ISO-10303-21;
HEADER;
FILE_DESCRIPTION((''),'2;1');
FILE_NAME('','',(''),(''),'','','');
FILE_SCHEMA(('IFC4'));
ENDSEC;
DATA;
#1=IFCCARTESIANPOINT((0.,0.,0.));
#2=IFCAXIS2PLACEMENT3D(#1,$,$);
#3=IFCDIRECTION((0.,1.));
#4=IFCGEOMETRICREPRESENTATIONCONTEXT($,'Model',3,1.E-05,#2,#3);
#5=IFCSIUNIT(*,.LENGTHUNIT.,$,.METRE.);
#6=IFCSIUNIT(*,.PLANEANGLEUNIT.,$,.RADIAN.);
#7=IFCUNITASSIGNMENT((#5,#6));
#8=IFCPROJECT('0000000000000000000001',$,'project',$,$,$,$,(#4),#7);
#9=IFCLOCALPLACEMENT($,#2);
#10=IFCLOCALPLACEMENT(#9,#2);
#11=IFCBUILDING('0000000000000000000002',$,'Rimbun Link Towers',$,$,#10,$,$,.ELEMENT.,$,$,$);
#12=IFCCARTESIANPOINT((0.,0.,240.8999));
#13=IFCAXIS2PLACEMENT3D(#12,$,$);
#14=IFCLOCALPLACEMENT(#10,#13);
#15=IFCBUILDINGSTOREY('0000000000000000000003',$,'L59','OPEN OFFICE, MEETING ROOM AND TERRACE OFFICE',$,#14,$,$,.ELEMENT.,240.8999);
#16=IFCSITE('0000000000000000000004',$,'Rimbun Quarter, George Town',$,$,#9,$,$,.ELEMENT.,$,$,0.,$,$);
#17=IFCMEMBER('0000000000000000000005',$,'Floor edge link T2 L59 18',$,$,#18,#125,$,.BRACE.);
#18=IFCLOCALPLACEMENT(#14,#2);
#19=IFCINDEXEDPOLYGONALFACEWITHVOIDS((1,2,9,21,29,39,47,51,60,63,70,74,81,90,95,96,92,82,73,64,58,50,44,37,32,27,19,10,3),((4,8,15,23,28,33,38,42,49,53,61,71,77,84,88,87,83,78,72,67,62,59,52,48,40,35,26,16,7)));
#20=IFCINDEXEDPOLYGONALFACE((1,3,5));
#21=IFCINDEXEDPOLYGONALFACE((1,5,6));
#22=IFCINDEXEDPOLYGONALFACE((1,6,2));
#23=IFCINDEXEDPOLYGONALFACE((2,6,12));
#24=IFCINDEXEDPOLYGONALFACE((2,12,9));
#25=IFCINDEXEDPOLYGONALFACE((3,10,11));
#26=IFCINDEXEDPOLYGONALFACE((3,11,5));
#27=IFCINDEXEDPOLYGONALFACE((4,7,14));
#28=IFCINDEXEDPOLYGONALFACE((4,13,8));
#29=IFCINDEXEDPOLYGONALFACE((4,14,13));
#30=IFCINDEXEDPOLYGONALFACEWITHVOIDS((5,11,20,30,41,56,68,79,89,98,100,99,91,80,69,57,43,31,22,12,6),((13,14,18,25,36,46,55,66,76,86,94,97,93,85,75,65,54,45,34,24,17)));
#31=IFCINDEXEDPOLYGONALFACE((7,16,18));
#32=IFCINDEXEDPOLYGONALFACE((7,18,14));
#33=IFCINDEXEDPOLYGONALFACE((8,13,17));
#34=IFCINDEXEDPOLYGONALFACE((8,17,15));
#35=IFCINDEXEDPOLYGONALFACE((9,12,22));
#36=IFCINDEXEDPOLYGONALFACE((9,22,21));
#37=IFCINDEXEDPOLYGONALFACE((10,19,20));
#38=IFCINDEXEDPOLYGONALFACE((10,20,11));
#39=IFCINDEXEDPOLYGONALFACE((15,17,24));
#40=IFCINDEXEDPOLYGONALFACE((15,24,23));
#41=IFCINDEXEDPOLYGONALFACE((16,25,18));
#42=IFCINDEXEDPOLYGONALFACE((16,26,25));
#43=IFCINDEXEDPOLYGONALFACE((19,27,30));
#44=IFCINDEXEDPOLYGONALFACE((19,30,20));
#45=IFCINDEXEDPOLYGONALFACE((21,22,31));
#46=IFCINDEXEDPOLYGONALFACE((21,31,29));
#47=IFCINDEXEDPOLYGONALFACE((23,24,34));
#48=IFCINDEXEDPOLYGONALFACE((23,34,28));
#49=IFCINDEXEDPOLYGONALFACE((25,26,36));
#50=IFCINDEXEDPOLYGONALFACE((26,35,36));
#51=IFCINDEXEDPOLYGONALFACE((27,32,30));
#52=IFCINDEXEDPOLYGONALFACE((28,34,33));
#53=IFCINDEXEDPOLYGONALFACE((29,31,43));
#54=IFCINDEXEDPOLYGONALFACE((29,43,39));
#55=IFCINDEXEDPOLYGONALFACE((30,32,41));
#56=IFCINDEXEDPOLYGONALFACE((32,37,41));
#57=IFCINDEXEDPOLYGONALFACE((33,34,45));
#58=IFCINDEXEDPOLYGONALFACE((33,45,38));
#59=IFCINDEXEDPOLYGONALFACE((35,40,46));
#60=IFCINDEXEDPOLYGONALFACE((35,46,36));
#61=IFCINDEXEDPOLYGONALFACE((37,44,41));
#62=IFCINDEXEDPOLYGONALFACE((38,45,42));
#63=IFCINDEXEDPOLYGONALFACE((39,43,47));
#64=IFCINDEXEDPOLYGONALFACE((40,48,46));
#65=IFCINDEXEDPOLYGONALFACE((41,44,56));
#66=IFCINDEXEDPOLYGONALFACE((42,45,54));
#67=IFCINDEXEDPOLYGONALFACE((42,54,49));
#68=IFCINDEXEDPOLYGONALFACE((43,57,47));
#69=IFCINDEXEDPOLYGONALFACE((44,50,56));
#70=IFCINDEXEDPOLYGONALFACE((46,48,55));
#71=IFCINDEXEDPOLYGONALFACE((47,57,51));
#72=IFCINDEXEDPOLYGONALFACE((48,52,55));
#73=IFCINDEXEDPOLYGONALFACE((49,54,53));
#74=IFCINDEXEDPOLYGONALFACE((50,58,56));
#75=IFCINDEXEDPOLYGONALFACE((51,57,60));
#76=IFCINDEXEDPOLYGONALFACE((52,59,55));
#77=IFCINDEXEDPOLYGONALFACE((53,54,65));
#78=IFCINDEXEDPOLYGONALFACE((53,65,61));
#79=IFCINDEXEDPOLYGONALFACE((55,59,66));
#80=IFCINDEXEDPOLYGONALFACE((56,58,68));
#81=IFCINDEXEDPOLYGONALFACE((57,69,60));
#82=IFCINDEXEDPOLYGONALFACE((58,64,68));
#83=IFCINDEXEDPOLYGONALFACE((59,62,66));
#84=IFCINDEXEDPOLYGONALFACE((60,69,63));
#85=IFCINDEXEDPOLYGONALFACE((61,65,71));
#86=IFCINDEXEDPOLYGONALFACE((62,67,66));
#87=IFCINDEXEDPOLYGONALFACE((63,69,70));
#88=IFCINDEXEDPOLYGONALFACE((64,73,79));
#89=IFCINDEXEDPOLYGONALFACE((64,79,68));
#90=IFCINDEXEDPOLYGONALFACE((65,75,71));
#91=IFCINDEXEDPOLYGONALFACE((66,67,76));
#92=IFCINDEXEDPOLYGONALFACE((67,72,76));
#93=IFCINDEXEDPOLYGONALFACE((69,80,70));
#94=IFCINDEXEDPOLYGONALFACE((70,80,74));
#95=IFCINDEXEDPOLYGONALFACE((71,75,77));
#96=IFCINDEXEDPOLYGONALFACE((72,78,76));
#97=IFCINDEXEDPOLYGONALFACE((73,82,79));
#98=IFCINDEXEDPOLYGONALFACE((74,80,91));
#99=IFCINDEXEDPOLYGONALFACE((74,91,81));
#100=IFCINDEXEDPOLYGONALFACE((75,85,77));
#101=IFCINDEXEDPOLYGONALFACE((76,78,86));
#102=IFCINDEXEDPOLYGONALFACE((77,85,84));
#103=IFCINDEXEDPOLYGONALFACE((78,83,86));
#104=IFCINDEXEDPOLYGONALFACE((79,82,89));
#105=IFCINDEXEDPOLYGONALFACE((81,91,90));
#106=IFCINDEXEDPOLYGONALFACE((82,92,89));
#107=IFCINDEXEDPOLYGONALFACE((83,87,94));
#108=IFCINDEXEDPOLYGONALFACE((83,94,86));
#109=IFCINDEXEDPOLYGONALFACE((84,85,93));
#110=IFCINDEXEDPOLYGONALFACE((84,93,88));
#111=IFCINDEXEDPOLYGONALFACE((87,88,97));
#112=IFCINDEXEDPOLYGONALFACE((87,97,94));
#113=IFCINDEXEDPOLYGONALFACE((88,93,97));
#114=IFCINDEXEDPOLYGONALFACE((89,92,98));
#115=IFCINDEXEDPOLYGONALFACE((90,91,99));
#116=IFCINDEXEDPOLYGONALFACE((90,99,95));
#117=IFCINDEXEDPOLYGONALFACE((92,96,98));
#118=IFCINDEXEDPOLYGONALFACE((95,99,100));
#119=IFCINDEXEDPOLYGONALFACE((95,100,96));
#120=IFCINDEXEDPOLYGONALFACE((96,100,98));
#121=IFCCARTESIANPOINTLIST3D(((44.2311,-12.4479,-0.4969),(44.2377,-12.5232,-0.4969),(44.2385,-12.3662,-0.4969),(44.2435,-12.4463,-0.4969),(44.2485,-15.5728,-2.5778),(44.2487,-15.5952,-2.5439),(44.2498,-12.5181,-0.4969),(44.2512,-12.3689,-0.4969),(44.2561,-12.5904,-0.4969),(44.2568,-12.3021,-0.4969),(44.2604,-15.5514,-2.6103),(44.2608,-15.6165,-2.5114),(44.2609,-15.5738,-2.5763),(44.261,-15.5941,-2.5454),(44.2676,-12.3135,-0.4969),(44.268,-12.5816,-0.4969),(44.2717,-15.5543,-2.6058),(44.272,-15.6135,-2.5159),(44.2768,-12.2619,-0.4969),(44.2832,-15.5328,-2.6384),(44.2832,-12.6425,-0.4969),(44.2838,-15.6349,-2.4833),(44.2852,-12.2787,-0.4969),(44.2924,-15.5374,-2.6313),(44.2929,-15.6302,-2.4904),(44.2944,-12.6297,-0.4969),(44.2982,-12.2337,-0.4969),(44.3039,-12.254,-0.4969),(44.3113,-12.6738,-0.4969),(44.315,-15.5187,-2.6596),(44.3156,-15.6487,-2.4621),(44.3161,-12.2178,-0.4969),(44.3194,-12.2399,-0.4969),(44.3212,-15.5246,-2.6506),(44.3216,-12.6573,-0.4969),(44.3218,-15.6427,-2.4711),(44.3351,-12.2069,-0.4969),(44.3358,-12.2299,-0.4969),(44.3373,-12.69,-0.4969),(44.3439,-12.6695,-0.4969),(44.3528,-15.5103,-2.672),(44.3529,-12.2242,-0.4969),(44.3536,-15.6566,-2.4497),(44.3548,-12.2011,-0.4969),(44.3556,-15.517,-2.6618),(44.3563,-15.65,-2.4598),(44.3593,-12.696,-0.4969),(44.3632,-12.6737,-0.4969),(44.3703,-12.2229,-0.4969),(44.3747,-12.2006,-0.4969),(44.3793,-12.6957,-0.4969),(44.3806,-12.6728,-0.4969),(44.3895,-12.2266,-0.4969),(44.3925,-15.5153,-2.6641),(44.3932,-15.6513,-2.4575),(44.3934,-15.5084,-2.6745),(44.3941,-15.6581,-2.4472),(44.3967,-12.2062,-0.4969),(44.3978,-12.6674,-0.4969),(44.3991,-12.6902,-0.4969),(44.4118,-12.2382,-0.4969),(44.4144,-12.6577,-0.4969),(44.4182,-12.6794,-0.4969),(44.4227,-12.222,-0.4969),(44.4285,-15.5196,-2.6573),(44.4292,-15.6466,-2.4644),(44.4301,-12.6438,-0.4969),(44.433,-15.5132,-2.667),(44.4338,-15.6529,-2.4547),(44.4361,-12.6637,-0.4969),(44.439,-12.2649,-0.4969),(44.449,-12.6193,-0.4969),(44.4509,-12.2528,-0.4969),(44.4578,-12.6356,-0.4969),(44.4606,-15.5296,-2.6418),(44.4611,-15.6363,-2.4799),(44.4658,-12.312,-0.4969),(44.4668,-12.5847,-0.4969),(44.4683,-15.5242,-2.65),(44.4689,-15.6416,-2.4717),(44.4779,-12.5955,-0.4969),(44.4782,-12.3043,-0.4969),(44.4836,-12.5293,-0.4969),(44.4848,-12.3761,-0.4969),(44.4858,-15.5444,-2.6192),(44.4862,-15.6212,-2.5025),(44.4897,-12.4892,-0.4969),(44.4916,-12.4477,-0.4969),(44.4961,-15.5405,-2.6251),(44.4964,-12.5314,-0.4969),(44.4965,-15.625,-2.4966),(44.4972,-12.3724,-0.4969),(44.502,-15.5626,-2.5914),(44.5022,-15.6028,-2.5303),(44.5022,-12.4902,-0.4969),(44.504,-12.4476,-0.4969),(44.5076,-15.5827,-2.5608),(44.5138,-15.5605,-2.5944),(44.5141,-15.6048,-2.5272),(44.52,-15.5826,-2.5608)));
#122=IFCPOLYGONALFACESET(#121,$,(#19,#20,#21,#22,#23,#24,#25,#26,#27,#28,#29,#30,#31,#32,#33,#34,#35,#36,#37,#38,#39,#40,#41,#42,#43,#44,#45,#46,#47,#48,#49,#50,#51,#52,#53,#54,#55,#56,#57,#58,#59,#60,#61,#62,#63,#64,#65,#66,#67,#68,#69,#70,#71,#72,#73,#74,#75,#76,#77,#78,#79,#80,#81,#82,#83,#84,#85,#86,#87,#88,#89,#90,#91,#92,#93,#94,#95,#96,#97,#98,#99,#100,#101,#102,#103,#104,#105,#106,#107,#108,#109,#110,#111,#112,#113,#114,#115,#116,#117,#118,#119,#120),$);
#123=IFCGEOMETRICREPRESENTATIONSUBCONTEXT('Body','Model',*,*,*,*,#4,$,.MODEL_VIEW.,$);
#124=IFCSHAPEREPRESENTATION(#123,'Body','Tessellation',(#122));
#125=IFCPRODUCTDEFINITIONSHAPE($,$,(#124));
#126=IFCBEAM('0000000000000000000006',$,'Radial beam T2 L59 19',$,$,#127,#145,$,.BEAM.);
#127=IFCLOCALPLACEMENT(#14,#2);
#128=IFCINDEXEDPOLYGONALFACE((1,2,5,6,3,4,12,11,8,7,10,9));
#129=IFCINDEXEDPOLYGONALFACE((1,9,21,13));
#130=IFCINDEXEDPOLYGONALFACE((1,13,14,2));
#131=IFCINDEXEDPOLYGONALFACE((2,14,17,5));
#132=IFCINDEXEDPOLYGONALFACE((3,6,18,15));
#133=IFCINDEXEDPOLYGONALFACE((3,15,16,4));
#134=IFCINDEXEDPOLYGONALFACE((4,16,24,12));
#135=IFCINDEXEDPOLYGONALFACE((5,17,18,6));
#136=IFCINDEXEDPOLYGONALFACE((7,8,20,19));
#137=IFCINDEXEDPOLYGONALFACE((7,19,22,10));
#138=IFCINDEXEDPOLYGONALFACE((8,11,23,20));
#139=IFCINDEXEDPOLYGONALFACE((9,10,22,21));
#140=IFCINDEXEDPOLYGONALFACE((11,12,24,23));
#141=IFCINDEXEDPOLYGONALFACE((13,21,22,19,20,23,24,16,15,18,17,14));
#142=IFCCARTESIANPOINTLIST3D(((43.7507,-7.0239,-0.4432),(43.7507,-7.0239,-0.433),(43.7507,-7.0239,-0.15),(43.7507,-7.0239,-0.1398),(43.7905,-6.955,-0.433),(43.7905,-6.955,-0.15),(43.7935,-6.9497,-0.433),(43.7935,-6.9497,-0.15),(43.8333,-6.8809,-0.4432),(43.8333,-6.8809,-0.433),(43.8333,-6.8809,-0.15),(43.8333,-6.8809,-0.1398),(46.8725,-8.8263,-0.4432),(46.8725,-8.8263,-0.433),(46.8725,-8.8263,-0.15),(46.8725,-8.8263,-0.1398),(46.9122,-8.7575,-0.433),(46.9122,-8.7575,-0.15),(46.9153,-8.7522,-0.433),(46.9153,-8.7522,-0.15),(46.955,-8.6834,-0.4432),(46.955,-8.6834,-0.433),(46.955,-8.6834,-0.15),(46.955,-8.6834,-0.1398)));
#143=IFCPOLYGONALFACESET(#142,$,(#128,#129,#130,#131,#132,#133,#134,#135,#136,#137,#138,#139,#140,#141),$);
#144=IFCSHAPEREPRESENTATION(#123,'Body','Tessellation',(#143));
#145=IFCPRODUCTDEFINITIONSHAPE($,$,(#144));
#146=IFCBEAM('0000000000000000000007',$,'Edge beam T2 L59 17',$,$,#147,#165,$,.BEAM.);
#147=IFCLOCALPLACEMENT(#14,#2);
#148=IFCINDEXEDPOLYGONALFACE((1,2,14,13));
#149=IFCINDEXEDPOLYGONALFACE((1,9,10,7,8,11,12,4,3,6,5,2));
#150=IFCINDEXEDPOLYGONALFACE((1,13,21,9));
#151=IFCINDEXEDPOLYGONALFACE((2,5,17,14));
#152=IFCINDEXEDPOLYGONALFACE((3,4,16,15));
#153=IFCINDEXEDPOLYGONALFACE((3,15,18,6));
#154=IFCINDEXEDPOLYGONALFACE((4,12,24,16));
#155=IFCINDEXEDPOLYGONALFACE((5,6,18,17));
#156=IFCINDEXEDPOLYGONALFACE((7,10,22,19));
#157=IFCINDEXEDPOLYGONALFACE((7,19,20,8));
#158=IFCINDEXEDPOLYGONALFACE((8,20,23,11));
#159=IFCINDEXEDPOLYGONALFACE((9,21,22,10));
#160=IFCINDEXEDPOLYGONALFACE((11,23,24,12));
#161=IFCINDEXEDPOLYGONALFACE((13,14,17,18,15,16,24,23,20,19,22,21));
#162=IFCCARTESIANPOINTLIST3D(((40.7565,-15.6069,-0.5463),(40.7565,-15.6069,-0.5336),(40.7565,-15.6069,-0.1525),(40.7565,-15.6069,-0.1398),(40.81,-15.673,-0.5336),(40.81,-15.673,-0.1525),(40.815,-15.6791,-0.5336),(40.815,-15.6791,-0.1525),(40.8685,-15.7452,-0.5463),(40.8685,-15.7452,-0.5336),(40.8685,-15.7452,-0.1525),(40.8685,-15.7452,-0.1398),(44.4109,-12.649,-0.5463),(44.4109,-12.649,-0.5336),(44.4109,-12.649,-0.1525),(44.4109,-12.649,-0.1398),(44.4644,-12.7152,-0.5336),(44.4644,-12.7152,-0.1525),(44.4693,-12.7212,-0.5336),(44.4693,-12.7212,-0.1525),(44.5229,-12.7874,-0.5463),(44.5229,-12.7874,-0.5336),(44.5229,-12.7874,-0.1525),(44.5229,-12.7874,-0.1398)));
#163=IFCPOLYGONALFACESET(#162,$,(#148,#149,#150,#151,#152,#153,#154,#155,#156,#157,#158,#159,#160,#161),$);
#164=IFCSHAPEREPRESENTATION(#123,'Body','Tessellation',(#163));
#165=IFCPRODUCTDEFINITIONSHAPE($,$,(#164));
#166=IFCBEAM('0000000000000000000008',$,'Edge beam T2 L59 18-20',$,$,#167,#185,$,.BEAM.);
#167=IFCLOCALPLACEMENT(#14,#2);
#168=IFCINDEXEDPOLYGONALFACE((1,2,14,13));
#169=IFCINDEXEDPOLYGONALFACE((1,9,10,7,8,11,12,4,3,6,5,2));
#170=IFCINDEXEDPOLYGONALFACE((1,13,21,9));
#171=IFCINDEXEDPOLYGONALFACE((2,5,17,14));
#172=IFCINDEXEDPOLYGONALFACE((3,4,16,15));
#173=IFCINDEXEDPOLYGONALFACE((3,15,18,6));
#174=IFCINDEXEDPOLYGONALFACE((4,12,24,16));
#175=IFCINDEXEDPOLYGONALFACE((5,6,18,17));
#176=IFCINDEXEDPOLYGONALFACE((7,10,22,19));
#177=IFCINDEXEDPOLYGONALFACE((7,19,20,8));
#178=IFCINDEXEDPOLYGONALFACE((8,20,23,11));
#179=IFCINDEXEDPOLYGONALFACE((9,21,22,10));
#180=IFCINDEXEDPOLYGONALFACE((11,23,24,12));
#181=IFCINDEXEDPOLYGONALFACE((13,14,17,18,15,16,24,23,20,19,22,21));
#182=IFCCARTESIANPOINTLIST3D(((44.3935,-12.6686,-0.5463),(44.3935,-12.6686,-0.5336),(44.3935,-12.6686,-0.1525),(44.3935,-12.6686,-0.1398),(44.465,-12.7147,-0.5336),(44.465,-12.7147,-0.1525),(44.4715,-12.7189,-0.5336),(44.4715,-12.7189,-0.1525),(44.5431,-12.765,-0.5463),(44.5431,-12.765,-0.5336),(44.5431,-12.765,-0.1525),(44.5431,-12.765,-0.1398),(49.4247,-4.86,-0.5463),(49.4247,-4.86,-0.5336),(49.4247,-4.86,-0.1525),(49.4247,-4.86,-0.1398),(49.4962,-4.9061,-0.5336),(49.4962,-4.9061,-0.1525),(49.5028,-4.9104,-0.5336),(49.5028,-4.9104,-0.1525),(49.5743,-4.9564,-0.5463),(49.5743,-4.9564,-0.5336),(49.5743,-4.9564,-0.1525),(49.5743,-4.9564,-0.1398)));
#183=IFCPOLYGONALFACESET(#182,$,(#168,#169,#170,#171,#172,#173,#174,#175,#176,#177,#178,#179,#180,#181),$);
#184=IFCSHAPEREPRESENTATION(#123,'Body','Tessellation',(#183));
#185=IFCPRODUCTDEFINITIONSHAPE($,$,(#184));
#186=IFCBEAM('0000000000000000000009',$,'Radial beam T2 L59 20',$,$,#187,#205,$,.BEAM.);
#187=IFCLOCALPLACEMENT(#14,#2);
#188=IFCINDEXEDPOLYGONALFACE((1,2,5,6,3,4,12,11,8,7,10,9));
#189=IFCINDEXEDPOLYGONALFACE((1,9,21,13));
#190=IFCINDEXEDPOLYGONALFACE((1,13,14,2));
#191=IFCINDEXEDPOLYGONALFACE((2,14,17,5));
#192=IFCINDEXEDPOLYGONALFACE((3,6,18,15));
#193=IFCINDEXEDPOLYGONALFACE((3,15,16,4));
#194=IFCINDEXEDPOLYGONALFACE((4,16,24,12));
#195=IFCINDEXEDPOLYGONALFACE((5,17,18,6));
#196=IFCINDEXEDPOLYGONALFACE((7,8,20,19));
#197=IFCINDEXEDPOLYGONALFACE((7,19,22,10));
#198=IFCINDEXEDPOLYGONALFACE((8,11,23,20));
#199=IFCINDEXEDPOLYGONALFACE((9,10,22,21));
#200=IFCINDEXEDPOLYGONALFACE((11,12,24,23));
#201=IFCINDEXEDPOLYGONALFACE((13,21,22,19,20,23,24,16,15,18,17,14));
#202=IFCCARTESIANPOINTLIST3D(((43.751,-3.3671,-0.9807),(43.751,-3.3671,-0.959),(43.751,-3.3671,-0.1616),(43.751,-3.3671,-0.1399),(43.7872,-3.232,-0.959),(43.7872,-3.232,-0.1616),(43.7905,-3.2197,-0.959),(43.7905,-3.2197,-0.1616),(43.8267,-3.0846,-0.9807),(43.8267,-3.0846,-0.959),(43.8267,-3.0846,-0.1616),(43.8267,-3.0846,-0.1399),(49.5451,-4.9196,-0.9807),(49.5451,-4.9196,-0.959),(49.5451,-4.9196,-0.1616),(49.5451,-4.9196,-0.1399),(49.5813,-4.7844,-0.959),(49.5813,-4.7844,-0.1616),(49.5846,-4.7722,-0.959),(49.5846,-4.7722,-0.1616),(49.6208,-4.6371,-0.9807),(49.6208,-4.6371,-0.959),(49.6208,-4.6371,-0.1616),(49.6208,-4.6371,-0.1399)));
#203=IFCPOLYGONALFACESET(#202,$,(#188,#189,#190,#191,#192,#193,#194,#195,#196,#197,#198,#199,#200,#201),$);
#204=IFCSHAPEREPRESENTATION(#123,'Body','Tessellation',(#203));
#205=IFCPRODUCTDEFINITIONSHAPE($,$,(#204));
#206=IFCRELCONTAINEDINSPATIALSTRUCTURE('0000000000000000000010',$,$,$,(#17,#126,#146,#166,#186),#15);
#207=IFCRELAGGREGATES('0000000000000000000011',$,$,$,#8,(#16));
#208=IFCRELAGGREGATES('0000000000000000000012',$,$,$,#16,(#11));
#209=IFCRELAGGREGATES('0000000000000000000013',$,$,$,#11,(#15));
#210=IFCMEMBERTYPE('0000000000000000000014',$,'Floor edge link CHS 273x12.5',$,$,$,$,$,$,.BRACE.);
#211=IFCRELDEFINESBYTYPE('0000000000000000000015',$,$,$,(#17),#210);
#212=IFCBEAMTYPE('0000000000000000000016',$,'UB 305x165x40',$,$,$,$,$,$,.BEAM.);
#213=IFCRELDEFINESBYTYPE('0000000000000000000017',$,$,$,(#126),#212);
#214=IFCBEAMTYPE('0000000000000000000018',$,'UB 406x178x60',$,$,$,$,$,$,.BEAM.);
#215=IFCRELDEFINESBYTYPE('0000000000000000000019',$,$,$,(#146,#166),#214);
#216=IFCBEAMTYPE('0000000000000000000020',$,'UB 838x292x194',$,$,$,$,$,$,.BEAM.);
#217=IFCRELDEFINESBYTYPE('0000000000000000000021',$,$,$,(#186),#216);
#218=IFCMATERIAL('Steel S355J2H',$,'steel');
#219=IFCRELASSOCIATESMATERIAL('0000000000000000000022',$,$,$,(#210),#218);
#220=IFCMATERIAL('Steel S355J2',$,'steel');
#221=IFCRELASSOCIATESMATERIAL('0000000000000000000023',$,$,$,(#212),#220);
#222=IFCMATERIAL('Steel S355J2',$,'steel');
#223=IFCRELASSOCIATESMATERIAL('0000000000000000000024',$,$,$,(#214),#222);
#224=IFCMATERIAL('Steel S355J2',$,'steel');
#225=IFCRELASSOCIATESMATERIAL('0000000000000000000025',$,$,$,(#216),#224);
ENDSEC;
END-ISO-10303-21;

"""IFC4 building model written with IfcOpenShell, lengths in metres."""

from ifc_helpers import new_model, si_unit, direction, frame, origin, origin_2d, place, context, subcontext, project, spatial, hollow_circle, i_section, extrude, clip, halfspace, material, material_profile, profile_set, type_object, element, save


model = new_model("IFC4")

# Units and contexts
model_context = context("Model", 3, precision=1e-05, world=origin(), true_north=direction((0.0, 1.0)))
body_context = subcontext(model_context, "Body", "Model", "MODEL_VIEW")
ifc_project = project(units=[si_unit("LENGTHUNIT", "METRE"), si_unit("PLANEANGLEUNIT", "RADIAN")], contexts=[model_context])

# Site, building, storey
site_placement = place(None, origin())
site = spatial("IfcSite", under=ifc_project, at=site_placement, Name="Rimbun Quarter, George Town", CompositionType="ELEMENT", RefElevation=0.0)
building_placement = place(site_placement, origin())
building = spatial("IfcBuilding", under=site, at=building_placement, Name="Rimbun Link Towers", CompositionType="ELEMENT")
storey_placement = place(building_placement, frame((0.0, 0.0, 240.8999)))
storey = spatial("IfcBuildingStorey", under=building, at=storey_placement, Name="L59", Description="OPEN OFFICE, MEETING ROOM AND TERRACE OFFICE", CompositionType="ELEMENT", Elevation=240.8999)

# Member
ifc_material_1 = material(Name="Steel S355J2H", Category="steel")
ifc_material_profile_1 = material_profile(ifc_material_1, hollow_circle(Radius=0.1365, WallThickness=0.0125, at=origin_2d()), Name="CHS 273x12.5")
ifc_profile_set_1 = profile_set([ifc_material_profile_1], Name="Steel S355J2H")
member_type_1 = type_object("IfcMemberType", Name="Floor edge link CHS 273x12.5", PredefinedType="BRACE", material=ifc_profile_set_1)
member_1_placement = place(storey_placement, frame((44.3684, -12.6184, -0.6089), z_axis=(0.004264, -0.835235, -0.549877), x_axis=(0.999987, 0.005105, 0.0)))
element("IfcMember", 1, at=member_1_placement, inside=storey, type_object=member_type_1, Name="Floor edge link T2 L59 18", PredefinedType="BRACE", context=body_context, shape_type="Clipping", body=[
    clip(extrude(hollow_circle(Radius=0.1365, WallThickness=0.0125, at=origin_2d()), frame((0.0, 0.0, -0.4329)), (0.0, 0.0, 1.0), 3.9827), halfspace(frame((0.0, 0.0, -0.2036), z_axis=(0.0, 0.835246, -0.549877)), False)),
])

# Beams
ifc_material_2 = material(Name="Steel S355J2", Category="steel")
ifc_material_profile_2 = material_profile(ifc_material_2, i_section(OverallWidth=0.165, OverallDepth=0.3035, WebThickness=0.0061, FlangeThickness=0.0103, at=origin_2d()), Name="UB 305x165x40")
ifc_profile_set_2 = profile_set([ifc_material_profile_2], Name="Steel S355J2")
beam_type_1 = type_object("IfcBeamType", Name="UB 305x165x40", PredefinedType="BEAM", material=ifc_profile_set_2)
beam_1_placement = place(storey_placement, frame((43.792, -6.9524, -0.2915), z_axis=(0.866013, -0.500021, 0.0), x_axis=(0.500021, 0.866013, 0.0)))
element("IfcBeam", 2, at=beam_1_placement, inside=storey, type_object=beam_type_1, Name="Radial beam T2 L59 19", PredefinedType="BEAM", context=body_context, shape_type="SweptSolid", body=[
    extrude(i_section(OverallWidth=0.165, OverallDepth=0.3035, WebThickness=0.0061, FlangeThickness=0.0103, at=origin_2d()), origin(), (0.0, 0.0, 1.0), 3.6047),
])
ifc_material_3 = material(Name="Steel S355J2", Category="steel")
ifc_material_profile_3 = material_profile(ifc_material_3, i_section(OverallWidth=0.178, OverallDepth=0.4065, WebThickness=0.0078, FlangeThickness=0.0127, at=origin_2d()), Name="UB 406x178x60")
ifc_profile_set_3 = profile_set([ifc_material_profile_3], Name="Steel S355J2")
beam_type_2 = type_object("IfcBeamType", Name="UB 406x178x60", PredefinedType="BEAM", material=ifc_profile_set_3)
beam_2_placement = place(storey_placement, frame((40.8125, -15.676, -0.343), z_axis=(0.777294, 0.629137, 0.0), x_axis=(-0.629137, 0.777294, 0.0)))
element("IfcBeam", 3, at=beam_2_placement, inside=storey, type_object=beam_type_2, Name="Edge beam T2 L59 17", PredefinedType="BEAM", context=body_context, shape_type="SweptSolid", body=[
    extrude(i_section(OverallWidth=0.178, OverallDepth=0.4065, WebThickness=0.0078, FlangeThickness=0.0127, at=origin_2d()), origin(), (0.0, 0.0, 1.0), 4.7014),
])
beam_3_placement = place(storey_placement, frame((44.4683, -12.7168, -0.343), z_axis=(0.541629, 0.840618, 0.0), x_axis=(-0.840618, 0.541629, 0.0)))
element("IfcBeam", 4, at=beam_3_placement, inside=storey, type_object=beam_type_2, Name="Edge beam T2 L59 18-20", PredefinedType="BEAM", context=body_context, shape_type="SweptSolid", body=[
    extrude(i_section(OverallWidth=0.178, OverallDepth=0.4065, WebThickness=0.0078, FlangeThickness=0.0127, at=origin_2d()), origin(), (0.0, 0.0, 1.0), 9.2891),
])
ifc_material_4 = material(Name="Steel S355J2", Category="steel")
ifc_material_profile_4 = material_profile(ifc_material_4, i_section(OverallWidth=0.2925, OverallDepth=0.8408, WebThickness=0.0127, FlangeThickness=0.0217, at=origin_2d()), Name="UB 838x292x194")
ifc_profile_set_4 = profile_set([ifc_material_profile_4], Name="Steel S355J2")
beam_type_3 = type_object("IfcBeamType", Name="UB 838x292x194", PredefinedType="BEAM", material=ifc_profile_set_4)
beam_4_placement = place(storey_placement, frame((43.7888, -3.2258, -0.5603), z_axis=(0.965928, -0.25881, 0.0), x_axis=(0.25881, 0.965928, 0.0)))
element("IfcBeam", 5, at=beam_4_placement, inside=storey, type_object=beam_type_3, Name="Radial beam T2 L59 20", PredefinedType="BEAM", context=body_context, shape_type="SweptSolid", body=[
    extrude(i_section(OverallWidth=0.2925, OverallDepth=0.8408, WebThickness=0.0127, FlangeThickness=0.0217, at=origin_2d()), origin(), (0.0, 0.0, 1.0), 5.9985),
])

save(model, "model.ifc")
